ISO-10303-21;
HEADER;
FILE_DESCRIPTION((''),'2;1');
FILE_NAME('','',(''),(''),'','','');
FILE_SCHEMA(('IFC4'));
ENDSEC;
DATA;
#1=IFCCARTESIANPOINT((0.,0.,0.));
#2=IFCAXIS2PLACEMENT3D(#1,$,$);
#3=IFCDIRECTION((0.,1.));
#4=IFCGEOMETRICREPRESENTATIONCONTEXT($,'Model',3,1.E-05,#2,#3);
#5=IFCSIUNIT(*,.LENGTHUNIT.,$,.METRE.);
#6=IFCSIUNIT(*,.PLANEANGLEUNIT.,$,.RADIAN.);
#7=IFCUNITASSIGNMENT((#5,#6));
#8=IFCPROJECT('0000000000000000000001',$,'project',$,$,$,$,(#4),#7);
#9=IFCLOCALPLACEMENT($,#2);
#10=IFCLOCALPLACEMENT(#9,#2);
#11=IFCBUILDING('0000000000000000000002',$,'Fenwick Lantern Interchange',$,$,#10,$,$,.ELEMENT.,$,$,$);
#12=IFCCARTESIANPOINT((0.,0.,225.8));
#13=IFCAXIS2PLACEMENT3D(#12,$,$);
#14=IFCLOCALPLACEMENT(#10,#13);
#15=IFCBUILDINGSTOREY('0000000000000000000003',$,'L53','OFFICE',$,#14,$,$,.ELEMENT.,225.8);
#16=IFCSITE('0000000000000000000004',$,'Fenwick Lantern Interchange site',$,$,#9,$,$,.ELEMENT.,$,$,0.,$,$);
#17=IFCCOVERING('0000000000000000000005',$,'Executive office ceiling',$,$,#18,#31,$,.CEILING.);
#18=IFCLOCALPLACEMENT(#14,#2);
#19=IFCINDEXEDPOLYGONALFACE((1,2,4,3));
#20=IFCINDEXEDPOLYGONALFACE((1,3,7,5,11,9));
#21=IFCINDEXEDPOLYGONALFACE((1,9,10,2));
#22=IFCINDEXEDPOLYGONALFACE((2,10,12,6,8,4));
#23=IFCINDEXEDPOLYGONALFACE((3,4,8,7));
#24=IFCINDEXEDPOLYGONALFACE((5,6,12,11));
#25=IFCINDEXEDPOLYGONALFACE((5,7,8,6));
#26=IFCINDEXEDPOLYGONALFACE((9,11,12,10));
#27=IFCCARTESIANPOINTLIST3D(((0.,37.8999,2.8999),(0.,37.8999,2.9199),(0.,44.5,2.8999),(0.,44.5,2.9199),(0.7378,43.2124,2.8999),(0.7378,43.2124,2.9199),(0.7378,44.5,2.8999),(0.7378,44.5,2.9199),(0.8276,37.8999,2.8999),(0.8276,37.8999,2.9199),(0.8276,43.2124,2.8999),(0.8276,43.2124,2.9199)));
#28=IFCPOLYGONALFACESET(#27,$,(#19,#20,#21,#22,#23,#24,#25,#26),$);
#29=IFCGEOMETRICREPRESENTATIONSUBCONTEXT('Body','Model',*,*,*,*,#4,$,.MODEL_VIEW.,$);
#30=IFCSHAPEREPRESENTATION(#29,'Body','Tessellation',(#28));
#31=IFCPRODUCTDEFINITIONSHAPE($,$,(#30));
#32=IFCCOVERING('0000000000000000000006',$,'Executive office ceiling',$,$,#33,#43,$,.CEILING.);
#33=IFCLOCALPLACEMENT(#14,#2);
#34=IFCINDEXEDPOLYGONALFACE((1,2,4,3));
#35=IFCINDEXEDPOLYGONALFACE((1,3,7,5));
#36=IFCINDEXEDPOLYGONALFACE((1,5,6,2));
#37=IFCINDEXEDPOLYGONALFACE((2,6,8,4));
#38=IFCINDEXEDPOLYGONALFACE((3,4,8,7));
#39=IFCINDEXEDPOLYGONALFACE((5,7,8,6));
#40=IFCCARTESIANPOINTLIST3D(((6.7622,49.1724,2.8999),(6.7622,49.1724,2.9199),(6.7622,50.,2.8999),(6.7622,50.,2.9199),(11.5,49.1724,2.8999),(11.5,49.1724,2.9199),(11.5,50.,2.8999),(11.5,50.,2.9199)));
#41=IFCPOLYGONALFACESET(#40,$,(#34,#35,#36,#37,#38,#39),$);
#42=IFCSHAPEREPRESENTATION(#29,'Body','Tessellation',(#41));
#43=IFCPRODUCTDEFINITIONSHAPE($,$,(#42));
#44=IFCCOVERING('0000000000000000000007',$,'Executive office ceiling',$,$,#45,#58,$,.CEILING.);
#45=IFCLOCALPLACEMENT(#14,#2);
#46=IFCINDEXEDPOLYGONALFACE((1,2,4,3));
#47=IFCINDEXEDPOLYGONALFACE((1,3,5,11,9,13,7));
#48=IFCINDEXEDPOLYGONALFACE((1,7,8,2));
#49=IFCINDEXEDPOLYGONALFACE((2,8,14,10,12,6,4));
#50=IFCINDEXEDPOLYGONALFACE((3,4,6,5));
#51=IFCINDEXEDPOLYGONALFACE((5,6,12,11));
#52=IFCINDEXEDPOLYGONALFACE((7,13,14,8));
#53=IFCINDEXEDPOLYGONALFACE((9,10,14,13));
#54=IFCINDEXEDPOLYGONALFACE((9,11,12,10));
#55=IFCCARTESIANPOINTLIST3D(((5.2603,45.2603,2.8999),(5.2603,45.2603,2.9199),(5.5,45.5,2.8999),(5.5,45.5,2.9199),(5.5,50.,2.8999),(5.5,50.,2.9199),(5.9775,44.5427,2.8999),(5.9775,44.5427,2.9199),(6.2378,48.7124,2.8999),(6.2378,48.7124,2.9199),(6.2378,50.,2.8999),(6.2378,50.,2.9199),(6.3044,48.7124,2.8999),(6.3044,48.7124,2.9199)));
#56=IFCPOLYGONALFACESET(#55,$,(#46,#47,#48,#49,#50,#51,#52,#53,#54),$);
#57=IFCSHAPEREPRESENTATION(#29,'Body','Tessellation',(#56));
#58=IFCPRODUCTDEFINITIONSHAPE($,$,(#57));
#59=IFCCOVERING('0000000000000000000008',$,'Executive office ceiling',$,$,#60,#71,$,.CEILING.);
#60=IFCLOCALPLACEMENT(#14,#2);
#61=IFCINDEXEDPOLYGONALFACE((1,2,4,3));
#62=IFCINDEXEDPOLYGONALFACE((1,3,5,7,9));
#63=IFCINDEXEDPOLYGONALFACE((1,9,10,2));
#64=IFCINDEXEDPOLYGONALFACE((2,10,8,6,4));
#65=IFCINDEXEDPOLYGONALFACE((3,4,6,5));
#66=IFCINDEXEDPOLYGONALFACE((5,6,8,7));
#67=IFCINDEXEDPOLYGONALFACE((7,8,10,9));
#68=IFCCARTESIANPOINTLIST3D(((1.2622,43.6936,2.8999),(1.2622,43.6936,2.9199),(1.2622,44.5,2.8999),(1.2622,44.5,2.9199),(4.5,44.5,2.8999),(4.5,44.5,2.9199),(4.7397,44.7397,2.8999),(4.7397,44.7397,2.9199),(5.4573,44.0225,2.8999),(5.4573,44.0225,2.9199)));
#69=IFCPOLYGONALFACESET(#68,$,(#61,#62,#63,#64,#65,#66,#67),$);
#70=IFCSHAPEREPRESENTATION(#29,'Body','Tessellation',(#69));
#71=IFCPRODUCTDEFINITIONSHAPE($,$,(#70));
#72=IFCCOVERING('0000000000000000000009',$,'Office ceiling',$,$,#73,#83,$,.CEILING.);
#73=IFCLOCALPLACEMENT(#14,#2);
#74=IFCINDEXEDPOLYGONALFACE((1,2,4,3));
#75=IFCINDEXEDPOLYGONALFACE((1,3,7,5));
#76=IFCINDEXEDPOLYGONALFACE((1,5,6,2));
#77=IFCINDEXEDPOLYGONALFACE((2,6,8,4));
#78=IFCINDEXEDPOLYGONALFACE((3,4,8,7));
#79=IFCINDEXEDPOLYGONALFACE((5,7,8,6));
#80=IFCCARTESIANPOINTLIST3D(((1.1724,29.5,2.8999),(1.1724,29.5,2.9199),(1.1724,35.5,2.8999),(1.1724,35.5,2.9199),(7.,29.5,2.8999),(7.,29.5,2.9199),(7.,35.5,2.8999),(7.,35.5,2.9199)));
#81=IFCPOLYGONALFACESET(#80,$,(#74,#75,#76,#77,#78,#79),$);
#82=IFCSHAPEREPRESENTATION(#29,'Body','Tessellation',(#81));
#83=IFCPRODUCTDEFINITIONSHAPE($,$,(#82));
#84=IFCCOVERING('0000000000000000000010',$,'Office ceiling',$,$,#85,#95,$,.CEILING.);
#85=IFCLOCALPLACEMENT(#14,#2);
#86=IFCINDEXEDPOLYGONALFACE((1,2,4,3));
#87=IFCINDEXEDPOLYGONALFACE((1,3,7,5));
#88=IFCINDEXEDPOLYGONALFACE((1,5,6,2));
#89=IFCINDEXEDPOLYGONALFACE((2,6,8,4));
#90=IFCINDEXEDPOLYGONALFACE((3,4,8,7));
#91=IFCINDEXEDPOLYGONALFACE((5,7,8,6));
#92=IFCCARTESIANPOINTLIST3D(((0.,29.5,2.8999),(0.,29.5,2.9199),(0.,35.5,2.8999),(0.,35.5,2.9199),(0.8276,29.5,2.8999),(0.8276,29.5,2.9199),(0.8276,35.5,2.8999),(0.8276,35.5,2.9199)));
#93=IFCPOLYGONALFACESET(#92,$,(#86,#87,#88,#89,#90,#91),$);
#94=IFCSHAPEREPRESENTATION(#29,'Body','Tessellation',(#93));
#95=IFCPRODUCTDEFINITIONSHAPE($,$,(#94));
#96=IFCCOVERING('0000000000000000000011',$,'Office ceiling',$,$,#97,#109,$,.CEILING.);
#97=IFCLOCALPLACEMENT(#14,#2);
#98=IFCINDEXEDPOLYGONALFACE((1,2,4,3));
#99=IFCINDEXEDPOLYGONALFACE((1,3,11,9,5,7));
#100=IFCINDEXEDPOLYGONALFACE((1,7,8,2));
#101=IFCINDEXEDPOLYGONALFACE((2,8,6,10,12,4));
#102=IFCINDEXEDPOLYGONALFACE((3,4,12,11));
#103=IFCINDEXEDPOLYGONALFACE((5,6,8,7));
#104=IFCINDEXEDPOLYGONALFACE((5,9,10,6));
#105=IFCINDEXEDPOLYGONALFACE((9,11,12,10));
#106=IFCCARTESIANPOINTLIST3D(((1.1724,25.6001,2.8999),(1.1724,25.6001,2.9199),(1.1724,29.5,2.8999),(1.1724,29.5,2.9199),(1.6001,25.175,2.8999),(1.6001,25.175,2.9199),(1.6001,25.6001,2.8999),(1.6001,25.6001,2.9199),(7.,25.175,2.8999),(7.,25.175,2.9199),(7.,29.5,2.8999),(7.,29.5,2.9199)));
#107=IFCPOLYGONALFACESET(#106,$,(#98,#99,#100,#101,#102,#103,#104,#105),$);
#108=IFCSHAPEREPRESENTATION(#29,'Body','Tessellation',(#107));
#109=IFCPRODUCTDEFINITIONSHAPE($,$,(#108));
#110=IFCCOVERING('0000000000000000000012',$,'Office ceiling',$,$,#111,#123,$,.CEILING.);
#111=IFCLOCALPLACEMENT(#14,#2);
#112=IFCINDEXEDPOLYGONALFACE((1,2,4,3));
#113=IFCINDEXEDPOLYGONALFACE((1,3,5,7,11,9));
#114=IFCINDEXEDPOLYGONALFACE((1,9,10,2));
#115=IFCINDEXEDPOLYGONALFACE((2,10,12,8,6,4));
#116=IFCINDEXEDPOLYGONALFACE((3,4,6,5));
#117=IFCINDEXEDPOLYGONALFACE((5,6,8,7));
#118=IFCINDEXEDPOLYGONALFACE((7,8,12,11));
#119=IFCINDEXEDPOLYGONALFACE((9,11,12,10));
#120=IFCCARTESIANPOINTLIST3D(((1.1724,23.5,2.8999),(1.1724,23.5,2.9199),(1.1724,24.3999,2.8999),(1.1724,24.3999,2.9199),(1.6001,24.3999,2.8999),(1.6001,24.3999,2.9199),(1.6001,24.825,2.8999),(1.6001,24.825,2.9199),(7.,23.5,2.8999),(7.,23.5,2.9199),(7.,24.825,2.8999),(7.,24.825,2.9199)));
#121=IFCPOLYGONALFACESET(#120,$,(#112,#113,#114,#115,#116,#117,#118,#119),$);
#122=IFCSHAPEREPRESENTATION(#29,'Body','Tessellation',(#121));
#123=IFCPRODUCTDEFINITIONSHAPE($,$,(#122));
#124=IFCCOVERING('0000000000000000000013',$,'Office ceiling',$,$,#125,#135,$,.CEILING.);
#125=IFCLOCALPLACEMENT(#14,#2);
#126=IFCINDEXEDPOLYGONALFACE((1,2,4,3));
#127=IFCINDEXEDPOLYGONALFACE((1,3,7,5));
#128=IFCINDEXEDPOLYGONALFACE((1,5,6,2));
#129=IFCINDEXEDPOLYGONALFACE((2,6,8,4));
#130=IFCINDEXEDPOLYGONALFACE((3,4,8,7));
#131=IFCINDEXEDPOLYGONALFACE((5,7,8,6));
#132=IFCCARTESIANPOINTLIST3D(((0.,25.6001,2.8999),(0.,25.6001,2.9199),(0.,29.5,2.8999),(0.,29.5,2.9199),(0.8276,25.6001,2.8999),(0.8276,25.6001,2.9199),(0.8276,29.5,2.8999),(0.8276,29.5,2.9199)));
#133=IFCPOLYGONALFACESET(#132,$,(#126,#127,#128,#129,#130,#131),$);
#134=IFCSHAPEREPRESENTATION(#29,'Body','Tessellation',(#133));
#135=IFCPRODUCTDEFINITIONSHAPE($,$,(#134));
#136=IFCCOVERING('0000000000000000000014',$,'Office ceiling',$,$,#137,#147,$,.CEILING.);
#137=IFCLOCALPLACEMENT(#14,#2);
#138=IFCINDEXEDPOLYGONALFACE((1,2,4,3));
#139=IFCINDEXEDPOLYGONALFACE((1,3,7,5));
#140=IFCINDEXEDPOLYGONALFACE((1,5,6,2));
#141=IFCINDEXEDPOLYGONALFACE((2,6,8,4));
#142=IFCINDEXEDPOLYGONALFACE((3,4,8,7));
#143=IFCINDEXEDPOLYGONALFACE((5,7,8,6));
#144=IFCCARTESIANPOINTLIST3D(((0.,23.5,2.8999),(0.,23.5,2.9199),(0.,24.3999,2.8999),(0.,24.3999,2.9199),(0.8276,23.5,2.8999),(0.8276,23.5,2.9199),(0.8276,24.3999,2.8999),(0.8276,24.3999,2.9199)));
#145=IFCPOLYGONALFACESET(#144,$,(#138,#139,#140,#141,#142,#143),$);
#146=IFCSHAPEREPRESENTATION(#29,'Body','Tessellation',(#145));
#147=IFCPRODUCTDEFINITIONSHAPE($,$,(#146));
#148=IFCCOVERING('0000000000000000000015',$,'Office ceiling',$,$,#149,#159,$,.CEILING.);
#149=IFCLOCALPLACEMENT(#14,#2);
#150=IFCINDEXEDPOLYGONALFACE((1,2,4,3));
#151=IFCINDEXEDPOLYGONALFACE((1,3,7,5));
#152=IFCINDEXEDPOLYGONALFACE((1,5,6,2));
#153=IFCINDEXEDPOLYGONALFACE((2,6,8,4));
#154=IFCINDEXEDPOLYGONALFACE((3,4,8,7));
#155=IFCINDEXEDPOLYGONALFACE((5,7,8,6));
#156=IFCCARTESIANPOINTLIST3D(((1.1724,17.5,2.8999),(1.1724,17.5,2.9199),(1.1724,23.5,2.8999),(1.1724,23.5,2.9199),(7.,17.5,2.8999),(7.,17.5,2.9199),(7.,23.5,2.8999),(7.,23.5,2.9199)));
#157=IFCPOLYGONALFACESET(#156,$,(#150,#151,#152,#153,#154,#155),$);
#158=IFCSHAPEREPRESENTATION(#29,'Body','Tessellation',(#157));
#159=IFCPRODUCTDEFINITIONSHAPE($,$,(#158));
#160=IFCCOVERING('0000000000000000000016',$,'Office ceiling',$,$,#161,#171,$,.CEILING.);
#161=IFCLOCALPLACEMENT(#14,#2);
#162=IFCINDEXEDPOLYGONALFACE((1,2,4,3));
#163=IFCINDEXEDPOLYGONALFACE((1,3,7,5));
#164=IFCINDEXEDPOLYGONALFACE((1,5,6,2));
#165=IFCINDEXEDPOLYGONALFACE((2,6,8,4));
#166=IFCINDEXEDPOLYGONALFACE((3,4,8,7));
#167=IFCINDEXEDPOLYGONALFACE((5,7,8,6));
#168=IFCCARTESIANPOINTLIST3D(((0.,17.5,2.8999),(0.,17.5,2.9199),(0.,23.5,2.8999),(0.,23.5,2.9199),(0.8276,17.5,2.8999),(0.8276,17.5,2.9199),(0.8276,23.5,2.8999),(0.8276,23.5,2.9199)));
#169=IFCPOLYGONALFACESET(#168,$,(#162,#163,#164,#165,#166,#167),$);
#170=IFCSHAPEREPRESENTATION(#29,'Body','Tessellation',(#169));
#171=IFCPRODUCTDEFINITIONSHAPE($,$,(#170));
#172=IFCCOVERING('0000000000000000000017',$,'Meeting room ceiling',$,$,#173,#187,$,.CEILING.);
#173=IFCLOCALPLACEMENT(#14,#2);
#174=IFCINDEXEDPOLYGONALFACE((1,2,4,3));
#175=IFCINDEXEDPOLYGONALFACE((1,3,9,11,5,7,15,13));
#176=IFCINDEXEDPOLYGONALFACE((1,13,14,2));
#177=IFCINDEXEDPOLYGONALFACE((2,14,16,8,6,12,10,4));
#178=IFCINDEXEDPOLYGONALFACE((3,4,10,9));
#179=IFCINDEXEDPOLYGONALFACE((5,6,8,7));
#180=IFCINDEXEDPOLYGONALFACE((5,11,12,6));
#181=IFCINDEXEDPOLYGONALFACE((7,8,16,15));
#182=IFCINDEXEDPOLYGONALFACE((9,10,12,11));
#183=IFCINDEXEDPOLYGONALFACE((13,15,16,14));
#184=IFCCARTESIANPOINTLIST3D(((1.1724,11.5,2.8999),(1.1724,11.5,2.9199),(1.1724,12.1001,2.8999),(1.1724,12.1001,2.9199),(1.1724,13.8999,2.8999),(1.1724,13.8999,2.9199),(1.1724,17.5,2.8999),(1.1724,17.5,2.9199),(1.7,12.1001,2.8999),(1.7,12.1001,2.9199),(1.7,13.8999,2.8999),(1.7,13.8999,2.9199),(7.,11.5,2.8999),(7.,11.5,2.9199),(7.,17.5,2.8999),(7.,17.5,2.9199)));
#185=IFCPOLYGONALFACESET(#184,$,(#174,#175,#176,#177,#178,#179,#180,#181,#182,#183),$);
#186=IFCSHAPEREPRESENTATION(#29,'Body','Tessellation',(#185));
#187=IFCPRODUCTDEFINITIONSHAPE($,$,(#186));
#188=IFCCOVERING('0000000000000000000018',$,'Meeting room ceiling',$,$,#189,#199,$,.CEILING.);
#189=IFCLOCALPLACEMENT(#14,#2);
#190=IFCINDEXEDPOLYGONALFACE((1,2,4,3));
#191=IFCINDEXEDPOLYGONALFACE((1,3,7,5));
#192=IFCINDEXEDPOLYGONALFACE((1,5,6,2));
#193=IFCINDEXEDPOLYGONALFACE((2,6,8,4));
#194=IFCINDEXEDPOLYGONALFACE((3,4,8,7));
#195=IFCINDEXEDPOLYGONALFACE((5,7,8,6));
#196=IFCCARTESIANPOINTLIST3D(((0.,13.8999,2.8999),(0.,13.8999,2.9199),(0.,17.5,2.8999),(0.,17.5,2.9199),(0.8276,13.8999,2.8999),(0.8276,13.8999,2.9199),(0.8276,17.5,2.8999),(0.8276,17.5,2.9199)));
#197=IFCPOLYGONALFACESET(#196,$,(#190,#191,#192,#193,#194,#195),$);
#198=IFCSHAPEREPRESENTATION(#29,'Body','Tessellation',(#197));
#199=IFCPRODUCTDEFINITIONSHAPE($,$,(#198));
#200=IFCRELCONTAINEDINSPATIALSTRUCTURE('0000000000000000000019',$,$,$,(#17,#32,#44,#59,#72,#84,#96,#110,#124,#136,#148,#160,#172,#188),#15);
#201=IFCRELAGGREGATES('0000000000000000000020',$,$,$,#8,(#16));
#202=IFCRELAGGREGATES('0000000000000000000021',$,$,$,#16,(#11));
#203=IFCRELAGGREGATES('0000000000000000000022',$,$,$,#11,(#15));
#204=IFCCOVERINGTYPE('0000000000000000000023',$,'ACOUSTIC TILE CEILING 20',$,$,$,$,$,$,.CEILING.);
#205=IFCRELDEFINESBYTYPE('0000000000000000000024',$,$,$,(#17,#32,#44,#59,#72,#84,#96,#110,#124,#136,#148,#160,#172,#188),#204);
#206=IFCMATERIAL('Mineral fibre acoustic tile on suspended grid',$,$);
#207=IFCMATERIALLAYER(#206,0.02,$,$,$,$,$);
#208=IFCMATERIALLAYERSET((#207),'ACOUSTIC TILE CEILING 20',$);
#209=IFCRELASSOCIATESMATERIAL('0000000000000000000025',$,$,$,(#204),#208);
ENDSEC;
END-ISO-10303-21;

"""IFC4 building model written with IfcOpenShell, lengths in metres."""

from ifc_helpers import new_model, si_unit, direction, frame, origin, place, context, subcontext, project, spatial, polyline, outline, extrude, material, layer, layer_set, type_object, element, save


model = new_model("IFC4")

# Units and contexts
model_context = context("Model", 3, precision=1e-05, world=origin(), true_north=direction((0.0, 1.0)))
body_context = subcontext(model_context, "Body", "Model", "MODEL_VIEW")
ifc_project = project(units=[si_unit("LENGTHUNIT", "METRE"), si_unit("PLANEANGLEUNIT", "RADIAN")], contexts=[model_context])

# Site, building, storey
site_placement = place(None, origin())
site = spatial("IfcSite", under=ifc_project, at=site_placement, Name="Fenwick Lantern Interchange site", CompositionType="ELEMENT", RefElevation=0.0)
building_placement = place(site_placement, origin())
building = spatial("IfcBuilding", under=site, at=building_placement, Name="Fenwick Lantern Interchange", CompositionType="ELEMENT")
storey_placement = place(building_placement, frame((0.0, 0.0, 225.8)))
storey = spatial("IfcBuildingStorey", under=building, at=storey_placement, Name="L53", Description="OFFICE", CompositionType="ELEMENT", Elevation=225.8)

# Coverings
ifc_material_1 = material(Name="Mineral fibre acoustic tile on suspended grid")
ifc_layer_1 = layer(ifc_material_1, 0.02)
ifc_layer_set_1 = layer_set([ifc_layer_1], Name="ACOUSTIC TILE CEILING 20")
covering_type_1 = type_object("IfcCoveringType", Name="ACOUSTIC TILE CEILING 20", PredefinedType="CEILING", material=ifc_layer_set_1)
covering_1_placement = place(storey_placement, frame((0.0, 0.0, 2.8999)))
element("IfcCovering", 1, at=covering_1_placement, inside=storey, type_object=covering_type_1, Name="Executive office ceiling", PredefinedType="CEILING", context=body_context, shape_type="SweptSolid", body=[
    extrude(outline(polyline([(0.0, 37.8999), (0.8276, 37.8999), (0.8276, 43.2124), (0.7378, 43.2124), (0.7378, 44.5), (0.0, 44.5), (0.0, 37.8999)])), origin(), (0.0, 0.0, 1.0), 0.02),
])
covering_2_placement = place(storey_placement, frame((0.0, 0.0, 2.8999)))
element("IfcCovering", 2, at=covering_2_placement, inside=storey, type_object=covering_type_1, Name="Executive office ceiling", PredefinedType="CEILING", context=body_context, shape_type="SweptSolid", body=[
    extrude(outline(polyline([(6.7622, 50.0), (6.7622, 49.1724), (11.5, 49.1724), (11.5, 50.0), (6.7622, 50.0)])), origin(), (0.0, 0.0, 1.0), 0.02),
])
covering_3_placement = place(storey_placement, frame((0.0, 0.0, 2.8999)))
element("IfcCovering", 3, at=covering_3_placement, inside=storey, type_object=covering_type_1, Name="Executive office ceiling", PredefinedType="CEILING", context=body_context, shape_type="SweptSolid", body=[
    extrude(outline(polyline([(6.3044, 48.7124), (6.2378, 48.7124), (6.2378, 50.0), (5.5, 50.0), (5.5, 45.5), (5.2603, 45.2603), (5.9775, 44.5427), (6.3044, 48.7124)])), origin(), (0.0, 0.0, 1.0), 0.02),
])
covering_4_placement = place(storey_placement, frame((0.0, 0.0, 2.8999)))
element("IfcCovering", 4, at=covering_4_placement, inside=storey, type_object=covering_type_1, Name="Executive office ceiling", PredefinedType="CEILING", context=body_context, shape_type="SweptSolid", body=[
    extrude(outline(polyline([(1.2622, 44.5), (1.2622, 43.6936), (5.4573, 44.0225), (4.7397, 44.7397), (4.5, 44.5), (1.2622, 44.5)])), origin(), (0.0, 0.0, 1.0), 0.02),
])
covering_5_placement = place(storey_placement, frame((0.0, 0.0, 2.8999)))
element("IfcCovering", 5, at=covering_5_placement, inside=storey, type_object=covering_type_1, Name="Office ceiling", PredefinedType="CEILING", context=body_context, shape_type="SweptSolid", body=[
    extrude(outline(polyline([(7.0, 35.5), (1.1724, 35.5), (1.1724, 29.5), (7.0, 29.5), (7.0, 35.5)])), origin(), (0.0, 0.0, 1.0), 0.02),
])
covering_6_placement = place(storey_placement, frame((0.0, 0.0, 2.8999)))
element("IfcCovering", 6, at=covering_6_placement, inside=storey, type_object=covering_type_1, Name="Office ceiling", PredefinedType="CEILING", context=body_context, shape_type="SweptSolid", body=[
    extrude(outline(polyline([(0.0, 29.5), (0.8276, 29.5), (0.8276, 35.5), (0.0, 35.5), (0.0, 29.5)])), origin(), (0.0, 0.0, 1.0), 0.02),
])
covering_7_placement = place(storey_placement, frame((0.0, 0.0, 2.8999)))
element("IfcCovering", 7, at=covering_7_placement, inside=storey, type_object=covering_type_1, Name="Office ceiling", PredefinedType="CEILING", context=body_context, shape_type="SweptSolid", body=[
    extrude(outline(polyline([(7.0, 29.5), (1.1724, 29.5), (1.1724, 25.6001), (1.6001, 25.6001), (1.6001, 25.175), (7.0, 25.175), (7.0, 29.5)])), origin(), (0.0, 0.0, 1.0), 0.02),
])
covering_8_placement = place(storey_placement, frame((0.0, 0.0, 2.8999)))
element("IfcCovering", 8, at=covering_8_placement, inside=storey, type_object=covering_type_1, Name="Office ceiling", PredefinedType="CEILING", context=body_context, shape_type="SweptSolid", body=[
    extrude(outline(polyline([(7.0, 23.5), (7.0, 24.825), (1.6001, 24.825), (1.6001, 24.3999), (1.1724, 24.3999), (1.1724, 23.5), (7.0, 23.5)])), origin(), (0.0, 0.0, 1.0), 0.02),
])
covering_9_placement = place(storey_placement, frame((0.0, 0.0, 2.8999)))
element("IfcCovering", 9, at=covering_9_placement, inside=storey, type_object=covering_type_1, Name="Office ceiling", PredefinedType="CEILING", context=body_context, shape_type="SweptSolid", body=[
    extrude(outline(polyline([(0.8276, 29.5), (0.0, 29.5), (0.0, 25.6001), (0.8276, 25.6001), (0.8276, 29.5)])), origin(), (0.0, 0.0, 1.0), 0.02),
])
covering_10_placement = place(storey_placement, frame((0.0, 0.0, 2.8999)))
element("IfcCovering", 10, at=covering_10_placement, inside=storey, type_object=covering_type_1, Name="Office ceiling", PredefinedType="CEILING", context=body_context, shape_type="SweptSolid", body=[
    extrude(outline(polyline([(0.0, 23.5), (0.8276, 23.5), (0.8276, 24.3999), (0.0, 24.3999), (0.0, 23.5)])), origin(), (0.0, 0.0, 1.0), 0.02),
])
covering_11_placement = place(storey_placement, frame((0.0, 0.0, 2.8999)))
element("IfcCovering", 11, at=covering_11_placement, inside=storey, type_object=covering_type_1, Name="Office ceiling", PredefinedType="CEILING", context=body_context, shape_type="SweptSolid", body=[
    extrude(outline(polyline([(7.0, 23.5), (1.1724, 23.5), (1.1724, 17.5), (7.0, 17.5), (7.0, 23.5)])), origin(), (0.0, 0.0, 1.0), 0.02),
])
covering_12_placement = place(storey_placement, frame((0.0, 0.0, 2.8999)))
element("IfcCovering", 12, at=covering_12_placement, inside=storey, type_object=covering_type_1, Name="Office ceiling", PredefinedType="CEILING", context=body_context, shape_type="SweptSolid", body=[
    extrude(outline(polyline([(0.0, 17.5), (0.8276, 17.5), (0.8276, 23.5), (0.0, 23.5), (0.0, 17.5)])), origin(), (0.0, 0.0, 1.0), 0.02),
])
covering_13_placement = place(storey_placement, frame((0.0, 0.0, 2.8999)))
element("IfcCovering", 13, at=covering_13_placement, inside=storey, type_object=covering_type_1, Name="Meeting room ceiling", PredefinedType="CEILING", context=body_context, shape_type="SweptSolid", body=[
    extrude(outline(polyline([(7.0, 17.5), (1.1724, 17.5), (1.1724, 13.8999), (1.7, 13.8999), (1.7, 12.1001), (1.1724, 12.1001), (1.1724, 11.5), (7.0, 11.5), (7.0, 17.5)])), origin(), (0.0, 0.0, 1.0), 0.02),
])
covering_14_placement = place(storey_placement, frame((0.0, 0.0, 2.8999)))
element("IfcCovering", 14, at=covering_14_placement, inside=storey, type_object=covering_type_1, Name="Meeting room ceiling", PredefinedType="CEILING", context=body_context, shape_type="SweptSolid", body=[
    extrude(outline(polyline([(0.8276, 17.5), (0.0, 17.5), (0.0, 13.8999), (0.8276, 13.8999), (0.8276, 17.5)])), origin(), (0.0, 0.0, 1.0), 0.02),
])

save(model, "model.ifc")
